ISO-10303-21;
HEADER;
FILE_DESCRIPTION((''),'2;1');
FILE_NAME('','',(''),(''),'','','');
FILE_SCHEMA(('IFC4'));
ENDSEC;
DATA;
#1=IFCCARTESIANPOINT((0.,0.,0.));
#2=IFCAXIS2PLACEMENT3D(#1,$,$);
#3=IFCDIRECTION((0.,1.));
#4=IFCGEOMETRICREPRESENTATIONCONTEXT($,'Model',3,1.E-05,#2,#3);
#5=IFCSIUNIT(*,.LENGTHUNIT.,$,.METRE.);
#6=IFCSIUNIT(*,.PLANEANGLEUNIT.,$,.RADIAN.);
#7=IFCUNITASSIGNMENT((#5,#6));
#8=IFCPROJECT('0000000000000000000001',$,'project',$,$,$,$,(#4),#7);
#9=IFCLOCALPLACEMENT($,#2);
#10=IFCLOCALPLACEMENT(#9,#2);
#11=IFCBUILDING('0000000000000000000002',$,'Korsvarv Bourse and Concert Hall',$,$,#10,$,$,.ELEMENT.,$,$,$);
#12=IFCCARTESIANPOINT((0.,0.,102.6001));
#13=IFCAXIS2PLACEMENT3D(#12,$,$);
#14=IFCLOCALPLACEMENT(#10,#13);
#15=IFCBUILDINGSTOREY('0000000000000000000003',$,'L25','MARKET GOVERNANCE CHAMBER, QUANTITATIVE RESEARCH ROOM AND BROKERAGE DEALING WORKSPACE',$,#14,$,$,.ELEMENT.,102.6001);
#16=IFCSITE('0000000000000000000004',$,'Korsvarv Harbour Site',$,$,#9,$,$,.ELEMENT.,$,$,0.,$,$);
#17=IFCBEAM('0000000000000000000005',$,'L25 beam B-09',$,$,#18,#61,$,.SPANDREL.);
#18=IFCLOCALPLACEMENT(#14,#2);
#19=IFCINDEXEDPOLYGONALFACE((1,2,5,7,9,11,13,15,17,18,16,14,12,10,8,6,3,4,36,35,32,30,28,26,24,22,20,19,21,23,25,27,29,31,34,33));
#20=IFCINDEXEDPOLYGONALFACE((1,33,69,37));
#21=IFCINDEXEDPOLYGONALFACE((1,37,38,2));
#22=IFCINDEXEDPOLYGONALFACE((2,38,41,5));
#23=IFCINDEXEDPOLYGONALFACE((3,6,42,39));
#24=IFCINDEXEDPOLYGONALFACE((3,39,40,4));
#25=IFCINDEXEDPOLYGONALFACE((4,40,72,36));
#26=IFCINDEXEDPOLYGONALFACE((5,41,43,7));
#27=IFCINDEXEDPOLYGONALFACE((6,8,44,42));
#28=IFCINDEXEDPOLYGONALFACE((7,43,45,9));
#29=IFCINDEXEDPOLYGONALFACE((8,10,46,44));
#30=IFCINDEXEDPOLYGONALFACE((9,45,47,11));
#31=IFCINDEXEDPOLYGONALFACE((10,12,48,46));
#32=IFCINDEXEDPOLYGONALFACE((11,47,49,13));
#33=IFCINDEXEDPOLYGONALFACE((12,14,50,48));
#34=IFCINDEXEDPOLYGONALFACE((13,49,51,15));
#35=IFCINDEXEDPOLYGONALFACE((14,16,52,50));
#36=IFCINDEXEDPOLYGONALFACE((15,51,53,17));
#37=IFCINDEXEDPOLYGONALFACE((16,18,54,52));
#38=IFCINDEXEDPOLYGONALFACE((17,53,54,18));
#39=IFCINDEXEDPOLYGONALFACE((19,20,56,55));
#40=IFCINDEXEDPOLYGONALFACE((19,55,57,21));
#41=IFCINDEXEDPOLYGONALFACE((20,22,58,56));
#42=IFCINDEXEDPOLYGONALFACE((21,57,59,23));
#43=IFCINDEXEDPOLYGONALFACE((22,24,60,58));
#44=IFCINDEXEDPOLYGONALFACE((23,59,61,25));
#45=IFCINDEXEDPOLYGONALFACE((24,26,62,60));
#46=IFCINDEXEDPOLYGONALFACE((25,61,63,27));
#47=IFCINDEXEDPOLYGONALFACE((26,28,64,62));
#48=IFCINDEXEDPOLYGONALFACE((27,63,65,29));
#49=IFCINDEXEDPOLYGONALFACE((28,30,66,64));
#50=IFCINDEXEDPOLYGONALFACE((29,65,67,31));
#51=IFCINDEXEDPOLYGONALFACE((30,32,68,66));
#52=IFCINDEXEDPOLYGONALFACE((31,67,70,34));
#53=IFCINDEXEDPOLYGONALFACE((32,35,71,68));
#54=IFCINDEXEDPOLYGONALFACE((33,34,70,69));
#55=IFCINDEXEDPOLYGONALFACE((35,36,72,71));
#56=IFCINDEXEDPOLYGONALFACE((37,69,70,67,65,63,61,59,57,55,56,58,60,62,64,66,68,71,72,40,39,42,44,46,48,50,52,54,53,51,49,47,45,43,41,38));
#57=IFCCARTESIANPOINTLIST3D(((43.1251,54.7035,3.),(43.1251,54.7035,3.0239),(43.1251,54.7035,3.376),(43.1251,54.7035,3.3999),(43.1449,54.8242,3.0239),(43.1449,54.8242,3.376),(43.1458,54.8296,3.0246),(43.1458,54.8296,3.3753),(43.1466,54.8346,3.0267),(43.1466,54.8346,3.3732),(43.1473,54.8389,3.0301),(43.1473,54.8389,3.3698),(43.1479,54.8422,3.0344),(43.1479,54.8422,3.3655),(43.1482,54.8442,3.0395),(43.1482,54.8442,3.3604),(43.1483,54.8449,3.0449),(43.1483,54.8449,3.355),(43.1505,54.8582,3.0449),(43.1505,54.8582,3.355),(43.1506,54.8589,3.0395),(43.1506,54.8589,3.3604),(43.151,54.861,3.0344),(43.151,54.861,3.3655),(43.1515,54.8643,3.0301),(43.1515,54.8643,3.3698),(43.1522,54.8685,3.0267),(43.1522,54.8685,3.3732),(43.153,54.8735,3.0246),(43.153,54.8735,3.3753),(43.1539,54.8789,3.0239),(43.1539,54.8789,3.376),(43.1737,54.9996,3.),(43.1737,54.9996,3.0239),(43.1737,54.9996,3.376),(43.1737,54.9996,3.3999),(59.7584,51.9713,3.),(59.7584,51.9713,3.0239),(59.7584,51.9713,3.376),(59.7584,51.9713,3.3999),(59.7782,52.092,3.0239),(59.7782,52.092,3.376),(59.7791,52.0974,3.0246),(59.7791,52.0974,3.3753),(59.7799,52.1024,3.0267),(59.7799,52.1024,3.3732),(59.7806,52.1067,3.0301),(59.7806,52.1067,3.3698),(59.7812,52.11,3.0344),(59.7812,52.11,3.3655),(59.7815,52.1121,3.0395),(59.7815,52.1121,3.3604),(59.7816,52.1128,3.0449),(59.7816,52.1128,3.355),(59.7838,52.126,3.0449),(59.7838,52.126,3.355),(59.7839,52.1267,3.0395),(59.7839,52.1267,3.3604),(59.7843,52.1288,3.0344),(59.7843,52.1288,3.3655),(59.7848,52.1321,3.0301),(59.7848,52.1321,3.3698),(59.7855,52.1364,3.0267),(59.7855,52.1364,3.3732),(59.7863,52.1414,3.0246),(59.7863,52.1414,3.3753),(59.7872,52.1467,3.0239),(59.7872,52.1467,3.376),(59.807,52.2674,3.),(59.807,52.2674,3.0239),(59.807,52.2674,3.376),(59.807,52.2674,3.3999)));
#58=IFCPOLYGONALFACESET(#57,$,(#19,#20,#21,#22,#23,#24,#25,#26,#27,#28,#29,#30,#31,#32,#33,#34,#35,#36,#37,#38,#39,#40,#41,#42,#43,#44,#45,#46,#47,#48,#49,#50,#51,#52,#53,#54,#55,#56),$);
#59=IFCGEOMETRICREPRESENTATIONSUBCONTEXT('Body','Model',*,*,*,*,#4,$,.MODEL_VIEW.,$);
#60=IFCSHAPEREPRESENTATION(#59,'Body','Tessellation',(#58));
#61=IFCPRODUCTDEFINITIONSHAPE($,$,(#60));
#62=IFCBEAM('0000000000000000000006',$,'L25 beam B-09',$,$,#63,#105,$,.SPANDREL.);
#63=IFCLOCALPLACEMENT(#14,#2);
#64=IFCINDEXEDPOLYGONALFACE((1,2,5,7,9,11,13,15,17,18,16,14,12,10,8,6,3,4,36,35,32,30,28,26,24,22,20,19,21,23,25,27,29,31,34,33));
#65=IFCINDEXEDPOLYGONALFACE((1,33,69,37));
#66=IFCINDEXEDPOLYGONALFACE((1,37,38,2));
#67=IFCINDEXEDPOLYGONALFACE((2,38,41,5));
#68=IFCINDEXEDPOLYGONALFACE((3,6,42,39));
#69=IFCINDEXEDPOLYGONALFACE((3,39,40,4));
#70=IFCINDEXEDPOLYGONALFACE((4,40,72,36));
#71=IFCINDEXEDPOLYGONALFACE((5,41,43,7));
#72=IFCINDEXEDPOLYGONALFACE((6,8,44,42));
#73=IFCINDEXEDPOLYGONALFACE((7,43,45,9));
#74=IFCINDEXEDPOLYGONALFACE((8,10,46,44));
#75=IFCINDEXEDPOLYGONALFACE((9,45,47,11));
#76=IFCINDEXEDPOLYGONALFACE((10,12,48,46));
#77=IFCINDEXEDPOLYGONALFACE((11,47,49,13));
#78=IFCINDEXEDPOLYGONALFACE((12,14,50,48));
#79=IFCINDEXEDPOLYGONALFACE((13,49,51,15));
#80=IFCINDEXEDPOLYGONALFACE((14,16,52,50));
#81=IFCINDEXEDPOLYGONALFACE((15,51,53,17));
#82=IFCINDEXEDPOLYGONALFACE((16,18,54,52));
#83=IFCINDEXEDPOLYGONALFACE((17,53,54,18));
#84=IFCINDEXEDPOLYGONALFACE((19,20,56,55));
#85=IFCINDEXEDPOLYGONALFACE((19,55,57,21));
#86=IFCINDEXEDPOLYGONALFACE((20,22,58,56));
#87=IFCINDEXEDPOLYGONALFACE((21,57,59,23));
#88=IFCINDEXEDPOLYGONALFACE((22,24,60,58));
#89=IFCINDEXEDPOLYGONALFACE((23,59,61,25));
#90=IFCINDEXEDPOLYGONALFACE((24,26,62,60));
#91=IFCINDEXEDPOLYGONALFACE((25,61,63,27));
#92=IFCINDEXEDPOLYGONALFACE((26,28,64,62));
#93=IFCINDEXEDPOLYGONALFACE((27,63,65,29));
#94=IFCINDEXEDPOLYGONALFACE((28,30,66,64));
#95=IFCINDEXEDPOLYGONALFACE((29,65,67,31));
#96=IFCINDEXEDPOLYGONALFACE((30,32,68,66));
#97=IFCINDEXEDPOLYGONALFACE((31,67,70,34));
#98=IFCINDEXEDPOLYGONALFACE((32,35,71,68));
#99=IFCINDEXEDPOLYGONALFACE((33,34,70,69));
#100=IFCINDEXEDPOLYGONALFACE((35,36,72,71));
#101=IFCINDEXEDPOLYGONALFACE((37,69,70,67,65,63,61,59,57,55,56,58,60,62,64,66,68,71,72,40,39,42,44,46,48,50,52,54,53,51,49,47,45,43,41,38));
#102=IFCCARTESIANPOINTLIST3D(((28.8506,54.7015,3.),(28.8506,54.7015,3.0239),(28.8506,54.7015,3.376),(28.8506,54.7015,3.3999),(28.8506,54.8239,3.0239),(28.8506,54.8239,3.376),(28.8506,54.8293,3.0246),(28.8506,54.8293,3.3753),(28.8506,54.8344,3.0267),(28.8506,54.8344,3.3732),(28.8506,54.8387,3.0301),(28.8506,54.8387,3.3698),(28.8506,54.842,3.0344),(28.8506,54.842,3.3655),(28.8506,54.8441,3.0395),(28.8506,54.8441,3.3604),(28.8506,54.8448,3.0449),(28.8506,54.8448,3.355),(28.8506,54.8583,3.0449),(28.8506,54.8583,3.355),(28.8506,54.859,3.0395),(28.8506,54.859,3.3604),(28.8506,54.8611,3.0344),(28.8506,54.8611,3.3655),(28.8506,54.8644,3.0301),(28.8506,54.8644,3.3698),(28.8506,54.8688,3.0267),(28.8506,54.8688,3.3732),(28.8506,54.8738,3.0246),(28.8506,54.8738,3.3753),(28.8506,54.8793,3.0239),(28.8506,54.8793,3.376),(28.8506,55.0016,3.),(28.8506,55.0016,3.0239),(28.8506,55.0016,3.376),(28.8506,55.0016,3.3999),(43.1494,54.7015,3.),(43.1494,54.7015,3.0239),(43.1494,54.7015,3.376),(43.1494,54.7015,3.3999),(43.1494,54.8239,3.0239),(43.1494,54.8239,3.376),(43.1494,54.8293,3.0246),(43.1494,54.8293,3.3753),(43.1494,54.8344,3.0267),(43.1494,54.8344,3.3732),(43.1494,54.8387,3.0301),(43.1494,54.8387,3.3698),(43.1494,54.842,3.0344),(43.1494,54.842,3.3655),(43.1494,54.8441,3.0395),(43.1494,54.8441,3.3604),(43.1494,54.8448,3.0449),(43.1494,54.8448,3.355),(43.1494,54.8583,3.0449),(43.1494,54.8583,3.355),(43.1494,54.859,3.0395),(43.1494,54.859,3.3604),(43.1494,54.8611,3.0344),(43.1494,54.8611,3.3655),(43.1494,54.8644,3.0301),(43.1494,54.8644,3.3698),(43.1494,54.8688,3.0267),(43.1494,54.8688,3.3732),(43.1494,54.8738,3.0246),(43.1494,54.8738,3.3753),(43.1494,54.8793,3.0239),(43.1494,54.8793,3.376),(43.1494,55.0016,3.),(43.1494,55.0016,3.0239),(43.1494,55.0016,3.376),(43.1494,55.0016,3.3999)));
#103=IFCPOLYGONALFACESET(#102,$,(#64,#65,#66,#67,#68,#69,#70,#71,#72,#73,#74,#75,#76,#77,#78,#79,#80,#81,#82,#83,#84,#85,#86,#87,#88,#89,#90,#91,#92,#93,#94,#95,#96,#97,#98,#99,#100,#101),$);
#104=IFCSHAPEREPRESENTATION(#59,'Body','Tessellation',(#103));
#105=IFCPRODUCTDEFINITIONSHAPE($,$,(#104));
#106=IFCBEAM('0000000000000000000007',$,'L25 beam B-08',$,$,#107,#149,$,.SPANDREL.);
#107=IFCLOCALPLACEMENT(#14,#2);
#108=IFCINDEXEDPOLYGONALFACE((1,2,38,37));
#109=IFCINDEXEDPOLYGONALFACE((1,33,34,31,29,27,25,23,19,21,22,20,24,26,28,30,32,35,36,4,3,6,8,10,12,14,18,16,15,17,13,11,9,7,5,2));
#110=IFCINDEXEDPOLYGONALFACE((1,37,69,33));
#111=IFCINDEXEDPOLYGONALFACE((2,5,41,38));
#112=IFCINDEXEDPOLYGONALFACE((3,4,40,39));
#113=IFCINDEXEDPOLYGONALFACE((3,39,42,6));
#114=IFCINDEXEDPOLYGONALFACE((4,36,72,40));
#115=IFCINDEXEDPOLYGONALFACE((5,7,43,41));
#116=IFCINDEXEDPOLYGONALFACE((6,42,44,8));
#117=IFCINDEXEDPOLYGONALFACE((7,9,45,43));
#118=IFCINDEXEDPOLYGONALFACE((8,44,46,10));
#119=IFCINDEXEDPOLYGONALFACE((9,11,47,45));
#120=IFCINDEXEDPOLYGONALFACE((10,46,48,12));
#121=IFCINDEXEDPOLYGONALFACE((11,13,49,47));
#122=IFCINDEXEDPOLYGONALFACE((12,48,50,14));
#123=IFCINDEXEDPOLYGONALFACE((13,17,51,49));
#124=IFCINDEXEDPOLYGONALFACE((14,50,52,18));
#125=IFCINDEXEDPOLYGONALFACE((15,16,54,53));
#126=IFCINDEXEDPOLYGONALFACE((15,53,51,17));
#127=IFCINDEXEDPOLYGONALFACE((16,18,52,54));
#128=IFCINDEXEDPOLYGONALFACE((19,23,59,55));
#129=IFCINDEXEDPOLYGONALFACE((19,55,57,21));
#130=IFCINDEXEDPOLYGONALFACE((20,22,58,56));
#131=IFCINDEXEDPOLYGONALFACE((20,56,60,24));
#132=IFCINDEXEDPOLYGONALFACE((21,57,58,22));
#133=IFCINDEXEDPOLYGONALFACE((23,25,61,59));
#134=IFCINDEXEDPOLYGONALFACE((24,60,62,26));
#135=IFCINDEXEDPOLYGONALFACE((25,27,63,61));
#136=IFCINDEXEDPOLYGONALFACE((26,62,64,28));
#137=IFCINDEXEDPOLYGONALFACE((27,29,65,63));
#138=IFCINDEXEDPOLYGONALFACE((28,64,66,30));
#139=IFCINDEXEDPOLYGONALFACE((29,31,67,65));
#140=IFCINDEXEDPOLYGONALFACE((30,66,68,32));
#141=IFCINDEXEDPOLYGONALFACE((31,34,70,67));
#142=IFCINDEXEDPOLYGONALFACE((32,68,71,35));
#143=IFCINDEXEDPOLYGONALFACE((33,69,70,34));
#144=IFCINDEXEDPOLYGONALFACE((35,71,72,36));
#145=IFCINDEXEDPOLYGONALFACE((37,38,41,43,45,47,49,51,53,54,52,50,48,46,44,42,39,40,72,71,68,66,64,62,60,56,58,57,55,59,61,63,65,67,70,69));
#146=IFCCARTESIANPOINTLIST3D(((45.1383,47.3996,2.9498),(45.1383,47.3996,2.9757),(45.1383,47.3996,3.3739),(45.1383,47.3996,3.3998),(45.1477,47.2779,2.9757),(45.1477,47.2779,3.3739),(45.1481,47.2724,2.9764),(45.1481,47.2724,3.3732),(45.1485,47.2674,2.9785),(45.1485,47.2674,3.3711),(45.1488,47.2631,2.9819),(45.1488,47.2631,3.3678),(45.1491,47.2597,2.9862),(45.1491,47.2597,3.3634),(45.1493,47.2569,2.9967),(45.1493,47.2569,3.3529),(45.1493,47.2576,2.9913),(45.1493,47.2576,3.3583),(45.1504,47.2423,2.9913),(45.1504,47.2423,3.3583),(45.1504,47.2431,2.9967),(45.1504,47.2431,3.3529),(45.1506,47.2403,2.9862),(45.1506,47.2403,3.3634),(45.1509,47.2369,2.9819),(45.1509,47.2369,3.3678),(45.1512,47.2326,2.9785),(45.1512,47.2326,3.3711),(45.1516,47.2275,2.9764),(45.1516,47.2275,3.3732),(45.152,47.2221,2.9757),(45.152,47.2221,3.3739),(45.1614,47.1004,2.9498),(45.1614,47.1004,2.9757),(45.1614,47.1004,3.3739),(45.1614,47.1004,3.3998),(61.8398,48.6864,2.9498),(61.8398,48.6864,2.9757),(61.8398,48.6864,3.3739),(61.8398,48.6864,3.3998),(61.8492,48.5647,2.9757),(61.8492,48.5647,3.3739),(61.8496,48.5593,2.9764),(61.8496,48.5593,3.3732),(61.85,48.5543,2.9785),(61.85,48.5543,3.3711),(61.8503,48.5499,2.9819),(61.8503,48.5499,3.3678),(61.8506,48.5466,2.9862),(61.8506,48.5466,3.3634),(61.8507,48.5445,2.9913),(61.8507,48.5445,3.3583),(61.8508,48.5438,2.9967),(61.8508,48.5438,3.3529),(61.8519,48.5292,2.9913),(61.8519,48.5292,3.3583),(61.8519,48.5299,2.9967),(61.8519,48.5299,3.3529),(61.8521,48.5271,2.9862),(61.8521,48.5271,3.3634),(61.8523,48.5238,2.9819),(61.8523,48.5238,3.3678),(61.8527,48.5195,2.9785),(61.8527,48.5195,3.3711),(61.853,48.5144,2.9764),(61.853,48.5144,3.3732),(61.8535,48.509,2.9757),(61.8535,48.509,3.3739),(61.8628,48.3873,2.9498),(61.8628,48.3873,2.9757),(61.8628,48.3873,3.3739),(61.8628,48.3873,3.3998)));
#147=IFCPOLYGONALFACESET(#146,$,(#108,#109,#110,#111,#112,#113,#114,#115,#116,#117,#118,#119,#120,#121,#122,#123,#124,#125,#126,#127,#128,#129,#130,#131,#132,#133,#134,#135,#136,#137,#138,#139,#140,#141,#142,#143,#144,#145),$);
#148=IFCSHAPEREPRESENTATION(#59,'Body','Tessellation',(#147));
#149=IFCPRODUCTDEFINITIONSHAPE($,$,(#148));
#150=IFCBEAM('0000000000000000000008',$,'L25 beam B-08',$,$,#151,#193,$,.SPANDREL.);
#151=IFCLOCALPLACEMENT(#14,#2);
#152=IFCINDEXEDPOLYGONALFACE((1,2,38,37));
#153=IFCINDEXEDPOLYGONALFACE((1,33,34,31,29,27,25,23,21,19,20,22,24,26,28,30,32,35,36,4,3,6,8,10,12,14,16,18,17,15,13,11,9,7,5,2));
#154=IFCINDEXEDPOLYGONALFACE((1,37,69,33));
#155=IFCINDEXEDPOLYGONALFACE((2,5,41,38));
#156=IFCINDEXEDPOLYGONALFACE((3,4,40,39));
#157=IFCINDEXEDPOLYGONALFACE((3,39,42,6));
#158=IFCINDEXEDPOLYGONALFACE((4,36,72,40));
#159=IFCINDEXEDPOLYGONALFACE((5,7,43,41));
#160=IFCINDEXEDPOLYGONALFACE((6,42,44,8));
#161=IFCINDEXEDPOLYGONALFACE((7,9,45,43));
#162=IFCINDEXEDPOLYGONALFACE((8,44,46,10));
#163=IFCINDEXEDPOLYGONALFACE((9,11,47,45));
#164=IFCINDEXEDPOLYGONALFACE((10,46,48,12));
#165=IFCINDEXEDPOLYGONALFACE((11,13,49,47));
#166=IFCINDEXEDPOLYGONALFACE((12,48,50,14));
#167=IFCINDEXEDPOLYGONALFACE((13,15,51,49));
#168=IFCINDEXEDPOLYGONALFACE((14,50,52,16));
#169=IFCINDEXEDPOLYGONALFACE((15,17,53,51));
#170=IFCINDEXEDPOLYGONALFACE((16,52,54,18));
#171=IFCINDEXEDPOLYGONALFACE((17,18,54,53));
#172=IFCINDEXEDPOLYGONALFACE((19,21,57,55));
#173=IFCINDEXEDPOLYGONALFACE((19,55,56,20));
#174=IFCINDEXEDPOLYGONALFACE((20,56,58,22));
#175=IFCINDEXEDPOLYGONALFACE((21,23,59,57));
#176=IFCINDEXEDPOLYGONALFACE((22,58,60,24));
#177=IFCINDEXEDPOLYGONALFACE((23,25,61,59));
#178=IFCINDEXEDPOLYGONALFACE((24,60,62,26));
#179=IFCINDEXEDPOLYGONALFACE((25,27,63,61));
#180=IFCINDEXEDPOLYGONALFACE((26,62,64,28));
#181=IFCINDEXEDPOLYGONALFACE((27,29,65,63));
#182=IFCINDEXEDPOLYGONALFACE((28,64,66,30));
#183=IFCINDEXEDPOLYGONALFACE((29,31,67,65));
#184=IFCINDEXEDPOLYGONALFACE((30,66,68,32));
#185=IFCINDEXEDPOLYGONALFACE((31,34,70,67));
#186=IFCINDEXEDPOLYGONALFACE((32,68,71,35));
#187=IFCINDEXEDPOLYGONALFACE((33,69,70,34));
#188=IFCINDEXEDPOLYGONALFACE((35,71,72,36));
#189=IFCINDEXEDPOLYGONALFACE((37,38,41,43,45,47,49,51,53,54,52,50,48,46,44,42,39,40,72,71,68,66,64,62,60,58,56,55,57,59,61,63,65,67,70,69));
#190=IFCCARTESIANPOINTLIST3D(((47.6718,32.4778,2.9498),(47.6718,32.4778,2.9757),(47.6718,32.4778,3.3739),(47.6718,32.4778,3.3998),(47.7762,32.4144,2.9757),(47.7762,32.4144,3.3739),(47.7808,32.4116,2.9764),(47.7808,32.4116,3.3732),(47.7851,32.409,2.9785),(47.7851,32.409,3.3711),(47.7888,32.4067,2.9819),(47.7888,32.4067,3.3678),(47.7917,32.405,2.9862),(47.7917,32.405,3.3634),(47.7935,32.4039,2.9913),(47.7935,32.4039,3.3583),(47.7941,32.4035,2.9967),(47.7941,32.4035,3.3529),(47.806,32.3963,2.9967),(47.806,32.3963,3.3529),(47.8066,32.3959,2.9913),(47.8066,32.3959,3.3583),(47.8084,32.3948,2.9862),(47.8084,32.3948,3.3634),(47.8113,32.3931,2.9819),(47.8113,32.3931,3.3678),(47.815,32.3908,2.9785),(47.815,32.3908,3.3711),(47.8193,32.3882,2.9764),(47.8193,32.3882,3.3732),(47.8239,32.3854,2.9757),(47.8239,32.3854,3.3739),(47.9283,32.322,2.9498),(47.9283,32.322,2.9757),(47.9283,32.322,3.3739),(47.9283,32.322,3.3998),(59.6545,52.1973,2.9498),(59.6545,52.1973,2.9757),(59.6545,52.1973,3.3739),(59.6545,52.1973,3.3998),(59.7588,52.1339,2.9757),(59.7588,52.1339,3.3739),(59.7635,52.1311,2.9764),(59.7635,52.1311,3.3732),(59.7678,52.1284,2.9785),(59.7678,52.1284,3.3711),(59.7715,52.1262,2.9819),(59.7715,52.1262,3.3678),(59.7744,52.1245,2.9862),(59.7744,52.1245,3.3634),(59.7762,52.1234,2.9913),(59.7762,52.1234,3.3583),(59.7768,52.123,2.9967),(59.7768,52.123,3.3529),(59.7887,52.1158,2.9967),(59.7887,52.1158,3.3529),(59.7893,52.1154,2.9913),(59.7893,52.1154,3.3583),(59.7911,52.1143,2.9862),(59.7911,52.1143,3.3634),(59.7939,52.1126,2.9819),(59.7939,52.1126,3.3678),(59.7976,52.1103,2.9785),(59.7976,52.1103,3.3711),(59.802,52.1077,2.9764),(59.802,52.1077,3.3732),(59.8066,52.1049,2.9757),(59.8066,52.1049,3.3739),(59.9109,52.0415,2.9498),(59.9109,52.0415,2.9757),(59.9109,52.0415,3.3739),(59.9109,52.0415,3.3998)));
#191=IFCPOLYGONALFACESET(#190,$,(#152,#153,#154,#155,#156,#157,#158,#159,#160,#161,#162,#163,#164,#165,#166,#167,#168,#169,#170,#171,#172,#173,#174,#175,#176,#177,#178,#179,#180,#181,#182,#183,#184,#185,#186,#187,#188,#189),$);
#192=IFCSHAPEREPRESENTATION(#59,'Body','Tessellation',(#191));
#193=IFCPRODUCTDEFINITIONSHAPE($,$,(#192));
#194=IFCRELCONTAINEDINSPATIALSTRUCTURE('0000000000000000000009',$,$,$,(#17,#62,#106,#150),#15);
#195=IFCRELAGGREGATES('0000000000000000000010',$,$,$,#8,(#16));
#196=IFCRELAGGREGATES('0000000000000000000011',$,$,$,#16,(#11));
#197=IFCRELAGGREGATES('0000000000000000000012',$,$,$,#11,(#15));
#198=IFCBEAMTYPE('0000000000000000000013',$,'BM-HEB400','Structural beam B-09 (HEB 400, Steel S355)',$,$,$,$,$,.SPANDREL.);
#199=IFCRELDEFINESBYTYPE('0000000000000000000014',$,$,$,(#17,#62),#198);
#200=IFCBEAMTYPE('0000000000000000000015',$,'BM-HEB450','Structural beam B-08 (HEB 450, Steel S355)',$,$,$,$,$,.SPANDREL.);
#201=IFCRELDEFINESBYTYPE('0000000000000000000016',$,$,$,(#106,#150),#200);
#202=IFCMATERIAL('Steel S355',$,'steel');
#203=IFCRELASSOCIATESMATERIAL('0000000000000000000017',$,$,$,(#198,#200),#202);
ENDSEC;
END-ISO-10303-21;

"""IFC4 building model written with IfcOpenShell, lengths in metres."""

from ifc_helpers import new_model, si_unit, direction, frame, origin, origin_2d, place, context, subcontext, project, spatial, i_section, extrude, source, transform, mapped, material, material_profile, profile_set, type_object, element, save


model = new_model("IFC4")

# Units and contexts
model_context = context("Model", 3, precision=1e-05, world=origin(), true_north=direction((0.0, 1.0)))
body_context = subcontext(model_context, "Body", "Model", "MODEL_VIEW")
ifc_project = project(units=[si_unit("LENGTHUNIT", "METRE"), si_unit("PLANEANGLEUNIT", "RADIAN")], contexts=[model_context])

# Site, building, storey
site_placement = place(None, origin())
site = spatial("IfcSite", under=ifc_project, at=site_placement, Name="Korsvarv Harbour Site", CompositionType="ELEMENT", RefElevation=0.0)
building_placement = place(site_placement, origin())
building = spatial("IfcBuilding", under=site, at=building_placement, Name="Korsvarv Bourse and Concert Hall", CompositionType="ELEMENT")
storey_placement = place(building_placement, frame((0.0, 0.0, 102.6001)))
storey = spatial("IfcBuildingStorey", under=building, at=storey_placement, Name="L25", Description="MARKET GOVERNANCE CHAMBER, QUANTITATIVE RESEARCH ROOM AND BROKERAGE DEALING WORKSPACE", CompositionType="ELEMENT", Elevation=102.6001)

# Beams
ifc_material_1 = material(Name="Steel S355", Category="steel")
ifc_material_profile_1 = material_profile(ifc_material_1, i_section(OverallWidth=0.3, OverallDepth=0.3999, WebThickness=0.0134, FlangeThickness=0.0239, FilletRadius=0.021, at=origin_2d()), Name="HEB 400")
ifc_profile_set_1 = profile_set([ifc_material_profile_1], Name="Steel S355")
beam_type_1 = type_object("IfcBeamType", Name="BM-HEB400", Description="Structural beam B-09 (HEB 400, Steel S355)", PredefinedType="SPANDREL", material=ifc_profile_set_1)
shared_shape_1 = source(origin(), body_context, "Body", "SweptSolid", [
    extrude(i_section(OverallWidth=0.3, OverallDepth=0.3999, WebThickness=0.0134, FlangeThickness=0.0239, FilletRadius=0.021, at=origin_2d()), origin(), (0.0, 0.0, 1.0), 16.8562),
])
beam_1_placement = place(storey_placement, frame((59.7827, 52.1194, 3.2), z_axis=(-0.986776, 0.162087, 0.0), x_axis=(-0.162087, -0.986776, 0.0)))
element("IfcBeam", 1, at=beam_1_placement, inside=storey, type_object=beam_type_1, Name="L25 beam B-09", PredefinedType="SPANDREL", context=body_context, shape_type="MappedRepresentation", body=[
    mapped(shared_shape_1, transform((0.0, 0.0, 0.0), scale=1.0)),
])
shared_shape_2 = source(origin(), body_context, "Body", "SweptSolid", [
    extrude(i_section(OverallWidth=0.3, OverallDepth=0.3999, WebThickness=0.0134, FlangeThickness=0.0239, FilletRadius=0.021, at=origin_2d()), origin(), (0.0, 0.0, 1.0), 14.2988),
])
beam_2_placement = place(storey_placement, frame((43.1494, 54.8516, 3.2), z_axis=(-1.0, 0.0, 0.0), x_axis=(0.0, -1.0, 0.0)))
element("IfcBeam", 2, at=beam_2_placement, inside=storey, type_object=beam_type_1, Name="L25 beam B-09", PredefinedType="SPANDREL", context=body_context, shape_type="MappedRepresentation", body=[
    mapped(shared_shape_2, transform((0.0, 0.0, 0.0), scale=1.0)),
])
ifc_material_profile_2 = material_profile(ifc_material_1, i_section(OverallWidth=0.3, OverallDepth=0.45, WebThickness=0.0139, FlangeThickness=0.0259, FilletRadius=0.021, at=origin_2d()), Name="HEB 450")
ifc_profile_set_2 = profile_set([ifc_material_profile_2], Name="Steel S355")
beam_type_2 = type_object("IfcBeamType", Name="BM-HEB450", Description="Structural beam B-08 (HEB 450, Steel S355)", PredefinedType="SPANDREL", material=ifc_profile_set_2)
shared_shape_3 = source(origin(), body_context, "Body", "SweptSolid", [
    extrude(i_section(OverallWidth=0.3, OverallDepth=0.45, WebThickness=0.0139, FlangeThickness=0.0259, FilletRadius=0.021, at=origin_2d()), origin(), (0.0, 0.0, 1.0), 16.751),
])
beam_3_placement = place(storey_placement, frame((61.8513, 48.5369, 3.1748), z_axis=(-0.997045, -0.076824, 0.0), x_axis=(0.076824, -0.997045, 0.0)))
element("IfcBeam", 3, at=beam_3_placement, inside=storey, type_object=beam_type_2, Name="L25 beam B-08", PredefinedType="SPANDREL", context=body_context, shape_type="MappedRepresentation", body=[
    mapped(shared_shape_3, transform((0.0, 0.0, 0.0), scale=1.0)),
])
shared_shape_4 = source(origin(), body_context, "Body", "SweptSolid", [
    extrude(i_section(OverallWidth=0.3, OverallDepth=0.45, WebThickness=0.0139, FlangeThickness=0.0259, FilletRadius=0.021, at=origin_2d()), origin(), (0.0, 0.0, 1.0), 23.0747),
])
beam_4_placement = place(storey_placement, frame((59.7827, 52.1194, 3.1748), z_axis=(-0.519299, -0.854593, 0.0), x_axis=(0.854593, -0.519299, 0.0)))
element("IfcBeam", 4, at=beam_4_placement, inside=storey, type_object=beam_type_2, Name="L25 beam B-08", PredefinedType="SPANDREL", context=body_context, shape_type="MappedRepresentation", body=[
    mapped(shared_shape_4, transform((0.0, 0.0, 0.0), scale=1.0)),
])

save(model, "model.ifc")
